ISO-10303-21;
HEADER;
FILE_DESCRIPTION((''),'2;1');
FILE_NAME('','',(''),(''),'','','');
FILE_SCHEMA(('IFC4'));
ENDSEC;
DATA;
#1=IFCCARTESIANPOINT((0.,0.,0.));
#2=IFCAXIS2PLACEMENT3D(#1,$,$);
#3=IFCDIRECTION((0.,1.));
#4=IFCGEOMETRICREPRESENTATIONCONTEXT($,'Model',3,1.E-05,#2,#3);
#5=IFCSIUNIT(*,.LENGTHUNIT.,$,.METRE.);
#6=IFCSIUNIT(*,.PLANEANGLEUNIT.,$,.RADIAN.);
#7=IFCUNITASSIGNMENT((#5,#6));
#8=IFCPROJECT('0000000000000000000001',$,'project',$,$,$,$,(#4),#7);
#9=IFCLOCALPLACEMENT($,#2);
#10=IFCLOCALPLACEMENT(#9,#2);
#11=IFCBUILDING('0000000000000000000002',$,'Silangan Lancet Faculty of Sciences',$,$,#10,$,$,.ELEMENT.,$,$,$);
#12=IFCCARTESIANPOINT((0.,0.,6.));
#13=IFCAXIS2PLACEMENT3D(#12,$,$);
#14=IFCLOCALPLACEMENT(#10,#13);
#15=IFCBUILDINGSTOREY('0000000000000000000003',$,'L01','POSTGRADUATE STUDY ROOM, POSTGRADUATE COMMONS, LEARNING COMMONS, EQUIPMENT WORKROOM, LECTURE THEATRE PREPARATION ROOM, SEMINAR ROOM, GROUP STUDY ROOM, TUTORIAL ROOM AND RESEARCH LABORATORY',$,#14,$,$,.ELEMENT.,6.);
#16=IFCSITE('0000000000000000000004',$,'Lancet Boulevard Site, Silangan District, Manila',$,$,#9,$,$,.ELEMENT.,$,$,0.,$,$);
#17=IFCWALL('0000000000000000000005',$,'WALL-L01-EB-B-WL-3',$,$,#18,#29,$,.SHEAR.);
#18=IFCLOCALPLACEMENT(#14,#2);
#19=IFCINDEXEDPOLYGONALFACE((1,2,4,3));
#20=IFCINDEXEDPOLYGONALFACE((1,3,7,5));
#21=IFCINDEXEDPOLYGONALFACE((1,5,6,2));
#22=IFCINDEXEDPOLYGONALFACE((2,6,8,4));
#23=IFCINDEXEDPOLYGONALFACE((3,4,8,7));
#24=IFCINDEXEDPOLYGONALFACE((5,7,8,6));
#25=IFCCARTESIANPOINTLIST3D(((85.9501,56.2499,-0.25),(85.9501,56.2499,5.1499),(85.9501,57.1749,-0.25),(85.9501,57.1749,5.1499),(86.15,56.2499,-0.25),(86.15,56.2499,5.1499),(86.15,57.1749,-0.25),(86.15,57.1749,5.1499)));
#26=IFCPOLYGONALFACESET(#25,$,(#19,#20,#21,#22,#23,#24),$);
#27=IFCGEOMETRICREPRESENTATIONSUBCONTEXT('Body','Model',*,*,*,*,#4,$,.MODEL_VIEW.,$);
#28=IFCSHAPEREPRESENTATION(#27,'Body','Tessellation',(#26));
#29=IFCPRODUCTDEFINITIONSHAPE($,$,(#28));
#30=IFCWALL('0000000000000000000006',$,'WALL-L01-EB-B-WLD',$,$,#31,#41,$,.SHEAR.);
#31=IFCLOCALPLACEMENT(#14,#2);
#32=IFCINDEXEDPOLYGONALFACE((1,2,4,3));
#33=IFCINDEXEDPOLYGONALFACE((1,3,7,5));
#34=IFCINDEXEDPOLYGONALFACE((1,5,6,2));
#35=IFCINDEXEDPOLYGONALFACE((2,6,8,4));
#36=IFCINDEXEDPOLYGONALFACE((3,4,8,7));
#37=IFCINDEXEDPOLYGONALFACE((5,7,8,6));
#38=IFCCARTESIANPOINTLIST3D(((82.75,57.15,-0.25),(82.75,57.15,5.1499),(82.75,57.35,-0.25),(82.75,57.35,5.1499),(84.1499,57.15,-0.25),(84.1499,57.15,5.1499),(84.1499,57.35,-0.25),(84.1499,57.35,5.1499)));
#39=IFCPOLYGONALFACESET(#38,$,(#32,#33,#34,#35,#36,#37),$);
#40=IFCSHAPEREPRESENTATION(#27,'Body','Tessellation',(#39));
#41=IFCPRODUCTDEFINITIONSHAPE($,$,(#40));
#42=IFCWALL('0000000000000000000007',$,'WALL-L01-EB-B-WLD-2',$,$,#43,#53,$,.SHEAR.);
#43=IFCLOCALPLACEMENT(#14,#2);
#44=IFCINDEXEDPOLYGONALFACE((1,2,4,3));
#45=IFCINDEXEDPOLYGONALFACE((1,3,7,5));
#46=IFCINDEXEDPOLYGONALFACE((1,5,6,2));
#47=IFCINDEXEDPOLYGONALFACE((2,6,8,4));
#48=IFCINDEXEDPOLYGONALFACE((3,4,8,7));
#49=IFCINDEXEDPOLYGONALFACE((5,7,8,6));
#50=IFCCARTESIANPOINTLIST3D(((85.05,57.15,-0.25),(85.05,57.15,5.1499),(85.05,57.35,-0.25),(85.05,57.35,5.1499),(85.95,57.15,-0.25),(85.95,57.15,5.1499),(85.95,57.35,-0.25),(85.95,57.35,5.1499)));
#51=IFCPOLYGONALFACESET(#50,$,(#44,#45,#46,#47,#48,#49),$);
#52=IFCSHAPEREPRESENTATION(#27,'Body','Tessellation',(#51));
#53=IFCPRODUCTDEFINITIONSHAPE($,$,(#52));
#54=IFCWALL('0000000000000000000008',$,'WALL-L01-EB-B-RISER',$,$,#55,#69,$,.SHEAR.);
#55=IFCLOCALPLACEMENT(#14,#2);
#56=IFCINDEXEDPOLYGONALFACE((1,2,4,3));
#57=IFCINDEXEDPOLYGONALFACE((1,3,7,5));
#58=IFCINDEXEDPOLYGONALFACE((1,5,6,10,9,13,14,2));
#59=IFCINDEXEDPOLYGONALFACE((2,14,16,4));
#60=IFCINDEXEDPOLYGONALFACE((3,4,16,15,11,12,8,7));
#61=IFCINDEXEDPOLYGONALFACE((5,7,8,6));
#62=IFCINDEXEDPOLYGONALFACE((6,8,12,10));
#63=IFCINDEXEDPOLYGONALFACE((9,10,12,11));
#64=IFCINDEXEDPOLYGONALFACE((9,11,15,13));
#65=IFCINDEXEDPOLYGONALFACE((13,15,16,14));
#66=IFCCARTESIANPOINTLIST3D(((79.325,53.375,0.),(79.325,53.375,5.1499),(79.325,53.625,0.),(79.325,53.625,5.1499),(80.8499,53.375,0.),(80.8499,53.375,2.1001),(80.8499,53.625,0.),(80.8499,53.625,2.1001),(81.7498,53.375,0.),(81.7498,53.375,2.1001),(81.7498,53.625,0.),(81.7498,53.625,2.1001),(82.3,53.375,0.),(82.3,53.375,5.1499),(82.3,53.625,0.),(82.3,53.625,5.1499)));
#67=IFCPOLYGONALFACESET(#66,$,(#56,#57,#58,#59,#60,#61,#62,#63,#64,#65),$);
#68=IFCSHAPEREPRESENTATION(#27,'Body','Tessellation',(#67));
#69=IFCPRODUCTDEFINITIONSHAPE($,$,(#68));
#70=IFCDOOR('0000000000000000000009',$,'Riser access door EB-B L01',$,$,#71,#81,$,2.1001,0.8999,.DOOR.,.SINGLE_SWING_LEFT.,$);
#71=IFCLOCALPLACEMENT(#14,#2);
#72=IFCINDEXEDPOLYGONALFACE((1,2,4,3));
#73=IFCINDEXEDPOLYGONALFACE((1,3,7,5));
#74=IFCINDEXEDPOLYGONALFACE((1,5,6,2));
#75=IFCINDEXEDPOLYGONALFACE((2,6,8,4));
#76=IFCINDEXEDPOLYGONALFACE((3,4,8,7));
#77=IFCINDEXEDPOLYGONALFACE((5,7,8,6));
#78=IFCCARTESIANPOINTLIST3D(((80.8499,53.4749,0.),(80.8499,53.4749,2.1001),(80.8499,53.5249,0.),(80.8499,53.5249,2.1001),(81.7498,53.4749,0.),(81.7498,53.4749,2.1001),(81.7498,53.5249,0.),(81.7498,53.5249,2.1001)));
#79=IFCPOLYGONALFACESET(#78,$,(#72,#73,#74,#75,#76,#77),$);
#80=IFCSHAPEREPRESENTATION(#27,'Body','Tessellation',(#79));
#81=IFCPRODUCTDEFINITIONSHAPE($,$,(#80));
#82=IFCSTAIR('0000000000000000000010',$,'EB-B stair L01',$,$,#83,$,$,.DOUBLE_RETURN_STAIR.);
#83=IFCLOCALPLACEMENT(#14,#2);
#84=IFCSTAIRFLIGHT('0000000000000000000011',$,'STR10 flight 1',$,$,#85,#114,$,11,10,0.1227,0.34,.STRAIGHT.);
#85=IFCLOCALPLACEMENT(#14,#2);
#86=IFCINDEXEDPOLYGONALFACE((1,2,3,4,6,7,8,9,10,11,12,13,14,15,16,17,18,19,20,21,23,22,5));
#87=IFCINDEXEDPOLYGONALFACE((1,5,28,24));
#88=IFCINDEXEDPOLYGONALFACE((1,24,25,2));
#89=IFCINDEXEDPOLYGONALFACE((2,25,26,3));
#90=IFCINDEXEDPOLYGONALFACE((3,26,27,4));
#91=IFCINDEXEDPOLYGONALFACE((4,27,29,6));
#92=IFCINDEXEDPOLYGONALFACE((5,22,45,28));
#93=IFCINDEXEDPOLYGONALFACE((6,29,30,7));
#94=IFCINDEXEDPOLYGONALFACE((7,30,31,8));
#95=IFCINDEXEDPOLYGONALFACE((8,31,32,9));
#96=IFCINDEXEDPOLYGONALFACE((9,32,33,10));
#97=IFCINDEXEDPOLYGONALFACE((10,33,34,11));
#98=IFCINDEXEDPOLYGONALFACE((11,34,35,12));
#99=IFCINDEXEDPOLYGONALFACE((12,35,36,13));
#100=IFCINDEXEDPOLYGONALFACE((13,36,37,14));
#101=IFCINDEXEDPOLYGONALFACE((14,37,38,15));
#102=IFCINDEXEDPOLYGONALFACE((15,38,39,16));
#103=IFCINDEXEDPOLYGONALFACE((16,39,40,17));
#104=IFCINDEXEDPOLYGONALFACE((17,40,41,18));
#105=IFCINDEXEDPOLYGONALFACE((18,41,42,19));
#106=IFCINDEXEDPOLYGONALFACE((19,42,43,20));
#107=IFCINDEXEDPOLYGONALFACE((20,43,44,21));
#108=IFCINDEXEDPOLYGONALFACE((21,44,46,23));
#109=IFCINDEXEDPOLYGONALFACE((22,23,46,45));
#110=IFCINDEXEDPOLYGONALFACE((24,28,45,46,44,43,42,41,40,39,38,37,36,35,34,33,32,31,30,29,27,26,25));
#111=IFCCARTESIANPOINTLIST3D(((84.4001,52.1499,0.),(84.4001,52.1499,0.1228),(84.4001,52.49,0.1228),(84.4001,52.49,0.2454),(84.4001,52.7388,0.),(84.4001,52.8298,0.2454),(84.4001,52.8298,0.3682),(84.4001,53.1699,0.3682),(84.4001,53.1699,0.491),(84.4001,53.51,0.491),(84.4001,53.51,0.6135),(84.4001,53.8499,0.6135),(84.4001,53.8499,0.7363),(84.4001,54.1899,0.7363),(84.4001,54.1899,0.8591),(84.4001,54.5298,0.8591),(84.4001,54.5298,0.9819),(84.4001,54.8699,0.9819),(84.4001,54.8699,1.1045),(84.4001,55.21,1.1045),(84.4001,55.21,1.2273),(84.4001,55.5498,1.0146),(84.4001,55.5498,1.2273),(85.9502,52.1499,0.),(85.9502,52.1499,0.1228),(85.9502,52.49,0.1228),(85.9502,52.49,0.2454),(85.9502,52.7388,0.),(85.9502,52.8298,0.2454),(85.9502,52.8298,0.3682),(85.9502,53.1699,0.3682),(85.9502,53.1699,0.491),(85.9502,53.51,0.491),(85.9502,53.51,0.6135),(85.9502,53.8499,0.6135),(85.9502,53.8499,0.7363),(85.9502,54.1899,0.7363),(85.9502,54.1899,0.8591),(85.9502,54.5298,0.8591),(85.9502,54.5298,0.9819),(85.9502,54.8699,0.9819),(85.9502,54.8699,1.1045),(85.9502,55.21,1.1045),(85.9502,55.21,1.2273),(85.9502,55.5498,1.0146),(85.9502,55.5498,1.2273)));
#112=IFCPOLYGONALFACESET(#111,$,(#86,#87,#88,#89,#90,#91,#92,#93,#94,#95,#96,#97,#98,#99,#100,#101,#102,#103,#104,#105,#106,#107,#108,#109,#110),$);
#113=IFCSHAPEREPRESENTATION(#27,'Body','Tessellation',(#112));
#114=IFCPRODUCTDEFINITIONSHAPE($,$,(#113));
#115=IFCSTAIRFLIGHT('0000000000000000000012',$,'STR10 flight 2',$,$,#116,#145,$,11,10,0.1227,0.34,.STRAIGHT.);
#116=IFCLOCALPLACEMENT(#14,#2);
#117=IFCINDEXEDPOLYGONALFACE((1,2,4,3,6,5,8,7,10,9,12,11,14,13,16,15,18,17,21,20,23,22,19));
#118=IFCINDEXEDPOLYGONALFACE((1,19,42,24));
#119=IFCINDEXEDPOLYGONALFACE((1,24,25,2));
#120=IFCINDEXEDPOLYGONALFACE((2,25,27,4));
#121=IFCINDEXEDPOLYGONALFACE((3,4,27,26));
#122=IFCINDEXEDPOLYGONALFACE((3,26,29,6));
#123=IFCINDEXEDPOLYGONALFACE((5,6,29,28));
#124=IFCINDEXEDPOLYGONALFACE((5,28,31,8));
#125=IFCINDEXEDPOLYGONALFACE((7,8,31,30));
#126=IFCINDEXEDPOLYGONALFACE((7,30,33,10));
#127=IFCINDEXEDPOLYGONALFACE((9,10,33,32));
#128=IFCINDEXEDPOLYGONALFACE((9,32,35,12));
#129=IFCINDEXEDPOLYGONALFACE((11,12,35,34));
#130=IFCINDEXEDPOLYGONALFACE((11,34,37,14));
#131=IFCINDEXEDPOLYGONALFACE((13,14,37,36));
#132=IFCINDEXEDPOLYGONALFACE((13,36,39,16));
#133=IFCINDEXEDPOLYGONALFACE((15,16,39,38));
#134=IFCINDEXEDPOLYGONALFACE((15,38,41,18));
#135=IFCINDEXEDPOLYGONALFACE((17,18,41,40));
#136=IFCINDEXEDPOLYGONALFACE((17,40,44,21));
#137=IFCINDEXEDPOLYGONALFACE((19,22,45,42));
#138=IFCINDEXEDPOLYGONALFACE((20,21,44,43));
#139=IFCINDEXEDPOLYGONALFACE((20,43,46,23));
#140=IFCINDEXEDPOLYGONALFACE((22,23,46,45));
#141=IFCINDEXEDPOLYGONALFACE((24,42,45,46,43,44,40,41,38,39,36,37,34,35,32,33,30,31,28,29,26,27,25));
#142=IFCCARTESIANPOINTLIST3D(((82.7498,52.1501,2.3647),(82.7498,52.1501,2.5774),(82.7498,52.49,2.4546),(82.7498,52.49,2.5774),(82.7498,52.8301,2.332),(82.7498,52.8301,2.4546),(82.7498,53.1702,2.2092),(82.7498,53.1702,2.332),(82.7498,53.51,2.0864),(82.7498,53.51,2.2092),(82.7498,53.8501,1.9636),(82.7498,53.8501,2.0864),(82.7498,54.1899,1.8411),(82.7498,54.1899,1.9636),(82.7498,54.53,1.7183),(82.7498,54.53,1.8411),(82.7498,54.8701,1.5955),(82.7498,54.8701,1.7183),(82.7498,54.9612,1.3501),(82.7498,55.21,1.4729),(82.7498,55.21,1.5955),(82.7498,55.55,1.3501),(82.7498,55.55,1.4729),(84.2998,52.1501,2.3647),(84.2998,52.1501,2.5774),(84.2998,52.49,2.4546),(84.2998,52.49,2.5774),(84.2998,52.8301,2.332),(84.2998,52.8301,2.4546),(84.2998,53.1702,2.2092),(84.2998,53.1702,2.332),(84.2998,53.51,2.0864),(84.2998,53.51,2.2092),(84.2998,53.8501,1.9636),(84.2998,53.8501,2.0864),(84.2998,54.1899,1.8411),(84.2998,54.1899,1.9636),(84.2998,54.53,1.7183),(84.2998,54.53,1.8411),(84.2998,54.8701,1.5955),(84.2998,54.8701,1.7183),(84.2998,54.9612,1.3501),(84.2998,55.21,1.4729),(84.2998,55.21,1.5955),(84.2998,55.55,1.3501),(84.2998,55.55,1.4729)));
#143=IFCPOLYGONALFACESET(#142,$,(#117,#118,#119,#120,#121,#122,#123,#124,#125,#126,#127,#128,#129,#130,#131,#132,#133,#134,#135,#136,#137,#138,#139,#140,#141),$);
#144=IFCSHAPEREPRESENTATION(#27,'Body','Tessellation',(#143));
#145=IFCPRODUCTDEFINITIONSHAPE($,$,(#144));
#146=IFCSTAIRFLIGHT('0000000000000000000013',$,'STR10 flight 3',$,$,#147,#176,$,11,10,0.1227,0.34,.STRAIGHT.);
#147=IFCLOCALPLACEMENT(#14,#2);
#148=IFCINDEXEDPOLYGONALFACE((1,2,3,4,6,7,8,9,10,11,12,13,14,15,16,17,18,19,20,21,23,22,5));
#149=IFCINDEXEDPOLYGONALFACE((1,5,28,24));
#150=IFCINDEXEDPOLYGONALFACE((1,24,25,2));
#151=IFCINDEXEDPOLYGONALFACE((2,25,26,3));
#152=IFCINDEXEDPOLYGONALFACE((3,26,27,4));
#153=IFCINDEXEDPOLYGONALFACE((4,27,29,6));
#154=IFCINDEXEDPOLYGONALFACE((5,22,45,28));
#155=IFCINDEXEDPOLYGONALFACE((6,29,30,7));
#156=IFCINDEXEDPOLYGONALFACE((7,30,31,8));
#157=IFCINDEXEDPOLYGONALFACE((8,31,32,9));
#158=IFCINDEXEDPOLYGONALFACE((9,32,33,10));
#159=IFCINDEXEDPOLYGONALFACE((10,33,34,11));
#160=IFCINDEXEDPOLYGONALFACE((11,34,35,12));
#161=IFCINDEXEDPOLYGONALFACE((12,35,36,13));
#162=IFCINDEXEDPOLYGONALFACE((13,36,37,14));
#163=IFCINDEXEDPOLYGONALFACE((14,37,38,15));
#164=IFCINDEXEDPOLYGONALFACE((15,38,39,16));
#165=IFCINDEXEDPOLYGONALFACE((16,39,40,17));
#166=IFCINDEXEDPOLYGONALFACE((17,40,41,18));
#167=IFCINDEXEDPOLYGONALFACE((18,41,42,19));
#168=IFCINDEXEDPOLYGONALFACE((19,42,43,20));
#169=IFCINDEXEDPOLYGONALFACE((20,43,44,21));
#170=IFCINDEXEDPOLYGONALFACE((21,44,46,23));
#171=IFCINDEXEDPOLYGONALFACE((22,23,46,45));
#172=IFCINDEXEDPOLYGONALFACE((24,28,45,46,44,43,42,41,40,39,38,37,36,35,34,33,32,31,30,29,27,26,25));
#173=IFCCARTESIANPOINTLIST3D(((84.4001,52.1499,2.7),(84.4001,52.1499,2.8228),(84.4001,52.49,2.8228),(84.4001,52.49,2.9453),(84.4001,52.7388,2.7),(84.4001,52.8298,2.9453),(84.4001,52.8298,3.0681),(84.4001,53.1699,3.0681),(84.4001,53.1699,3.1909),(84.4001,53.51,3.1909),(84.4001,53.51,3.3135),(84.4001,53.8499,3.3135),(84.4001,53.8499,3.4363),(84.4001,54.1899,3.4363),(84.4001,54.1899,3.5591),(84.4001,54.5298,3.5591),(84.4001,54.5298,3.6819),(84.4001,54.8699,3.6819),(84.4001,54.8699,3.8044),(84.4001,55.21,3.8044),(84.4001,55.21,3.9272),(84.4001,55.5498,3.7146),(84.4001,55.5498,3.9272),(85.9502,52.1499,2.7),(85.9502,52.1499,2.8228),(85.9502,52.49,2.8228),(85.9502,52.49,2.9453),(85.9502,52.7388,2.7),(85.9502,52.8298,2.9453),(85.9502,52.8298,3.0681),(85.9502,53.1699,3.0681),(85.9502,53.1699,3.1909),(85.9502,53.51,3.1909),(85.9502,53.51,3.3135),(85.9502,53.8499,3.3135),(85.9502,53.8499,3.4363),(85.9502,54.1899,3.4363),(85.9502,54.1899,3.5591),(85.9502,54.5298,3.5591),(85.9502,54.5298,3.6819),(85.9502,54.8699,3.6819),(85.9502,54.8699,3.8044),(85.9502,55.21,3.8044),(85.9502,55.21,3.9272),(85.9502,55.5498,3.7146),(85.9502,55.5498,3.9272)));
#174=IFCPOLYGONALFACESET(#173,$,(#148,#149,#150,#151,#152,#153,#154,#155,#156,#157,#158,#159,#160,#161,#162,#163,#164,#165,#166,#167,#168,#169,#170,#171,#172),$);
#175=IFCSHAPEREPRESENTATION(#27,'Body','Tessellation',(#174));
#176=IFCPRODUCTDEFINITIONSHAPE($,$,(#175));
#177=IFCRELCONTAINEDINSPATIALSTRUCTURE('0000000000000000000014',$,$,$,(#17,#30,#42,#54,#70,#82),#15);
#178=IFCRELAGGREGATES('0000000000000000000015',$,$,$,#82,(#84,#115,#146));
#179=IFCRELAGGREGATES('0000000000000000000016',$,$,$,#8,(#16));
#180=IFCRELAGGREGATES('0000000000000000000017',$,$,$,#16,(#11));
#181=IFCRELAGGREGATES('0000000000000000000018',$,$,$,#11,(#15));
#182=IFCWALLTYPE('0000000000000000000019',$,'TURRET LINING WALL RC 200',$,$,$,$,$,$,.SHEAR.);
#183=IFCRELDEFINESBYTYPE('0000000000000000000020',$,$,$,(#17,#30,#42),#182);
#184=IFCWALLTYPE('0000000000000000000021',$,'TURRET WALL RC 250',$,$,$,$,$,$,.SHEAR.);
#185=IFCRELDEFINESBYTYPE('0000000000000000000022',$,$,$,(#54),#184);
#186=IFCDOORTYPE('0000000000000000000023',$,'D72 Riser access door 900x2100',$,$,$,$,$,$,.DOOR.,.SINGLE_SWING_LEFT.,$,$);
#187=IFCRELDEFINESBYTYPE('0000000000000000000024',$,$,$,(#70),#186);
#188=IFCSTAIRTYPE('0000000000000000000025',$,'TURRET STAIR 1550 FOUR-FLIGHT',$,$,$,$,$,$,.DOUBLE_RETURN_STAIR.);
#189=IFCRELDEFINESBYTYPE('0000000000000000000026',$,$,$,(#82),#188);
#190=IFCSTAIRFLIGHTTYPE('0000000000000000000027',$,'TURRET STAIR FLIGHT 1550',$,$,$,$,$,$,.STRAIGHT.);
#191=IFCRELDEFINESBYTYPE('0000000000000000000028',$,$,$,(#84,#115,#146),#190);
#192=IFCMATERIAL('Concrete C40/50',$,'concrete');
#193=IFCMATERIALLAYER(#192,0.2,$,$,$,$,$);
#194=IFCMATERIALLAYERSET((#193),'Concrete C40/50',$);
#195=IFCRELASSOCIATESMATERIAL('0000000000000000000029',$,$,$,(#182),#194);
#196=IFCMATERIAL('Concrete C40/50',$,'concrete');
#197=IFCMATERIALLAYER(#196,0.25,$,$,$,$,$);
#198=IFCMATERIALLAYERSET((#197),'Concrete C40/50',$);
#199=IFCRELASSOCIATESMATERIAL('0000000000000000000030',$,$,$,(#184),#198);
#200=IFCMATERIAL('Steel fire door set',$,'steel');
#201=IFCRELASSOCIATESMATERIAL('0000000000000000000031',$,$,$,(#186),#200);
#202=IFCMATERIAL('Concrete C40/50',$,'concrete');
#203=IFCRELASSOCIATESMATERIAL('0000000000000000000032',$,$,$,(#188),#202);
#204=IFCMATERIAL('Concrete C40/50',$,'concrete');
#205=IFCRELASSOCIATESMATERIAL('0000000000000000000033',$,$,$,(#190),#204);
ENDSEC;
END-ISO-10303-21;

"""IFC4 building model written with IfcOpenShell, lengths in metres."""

from ifc_helpers import new_model, si_unit, direction, frame, frame_2d, origin, place, context, subcontext, project, spatial, polyline, rectangle, outline, extrude, material, layer, layer_set, type_object, element, fill, aggregate, save


model = new_model("IFC4")

# Units and contexts
model_context = context("Model", 3, precision=1e-05, world=origin(), true_north=direction((0.0, 1.0)))
body_context = subcontext(model_context, "Body", "Model", "MODEL_VIEW")
ifc_project = project(units=[si_unit("LENGTHUNIT", "METRE"), si_unit("PLANEANGLEUNIT", "RADIAN")], contexts=[model_context])

# Site, building, storey
site_placement = place(None, origin())
site = spatial("IfcSite", under=ifc_project, at=site_placement, Name="Lancet Boulevard Site, Silangan District, Manila", CompositionType="ELEMENT", RefElevation=0.0)
building_placement = place(site_placement, origin())
building = spatial("IfcBuilding", under=site, at=building_placement, Name="Silangan Lancet Faculty of Sciences", CompositionType="ELEMENT")
storey_placement = place(building_placement, frame((0.0, 0.0, 6.0)))
storey = spatial("IfcBuildingStorey", under=building, at=storey_placement, Name="L01", Description="POSTGRADUATE STUDY ROOM, POSTGRADUATE COMMONS, LEARNING COMMONS, EQUIPMENT WORKROOM, LECTURE THEATRE PREPARATION ROOM, SEMINAR ROOM, GROUP STUDY ROOM, TUTORIAL ROOM AND RESEARCH LABORATORY", CompositionType="ELEMENT", Elevation=6.0)

# Walls
ifc_material_1 = material(Name="Concrete C40/50", Category="concrete")
ifc_layer_1 = layer(ifc_material_1, 0.2)
ifc_layer_set_1 = layer_set([ifc_layer_1], Name="Concrete C40/50")
wall_type_1 = type_object("IfcWallType", Name="TURRET LINING WALL RC 200", PredefinedType="SHEAR", material=ifc_layer_set_1)
wall_1_placement = place(storey_placement, frame((86.05, 56.25, -0.25), z_axis=(0.0, 0.0, 1.0), x_axis=(0.0, 1.0, 0.0)))
element("IfcWall", 1, at=wall_1_placement, inside=storey, type_object=wall_type_1, Name="WALL-L01-EB-B-WL-3", PredefinedType="SHEAR", context=body_context, shape_type="SweptSolid", body=[
    extrude(rectangle(XDim=0.925, YDim=0.2, at=frame_2d((0.4624, 0.0))), origin(), (0.0, 0.0, 1.0), 5.3999),
])
wall_2_placement = place(storey_placement, frame((82.75, 57.25, -0.25), z_axis=(0.0, 0.0, 1.0), x_axis=(1.0, 0.0, 0.0)))
element("IfcWall", 2, at=wall_2_placement, inside=storey, type_object=wall_type_1, Name="WALL-L01-EB-B-WLD", PredefinedType="SHEAR", context=body_context, shape_type="SweptSolid", body=[
    extrude(rectangle(XDim=1.3999, YDim=0.2, at=frame_2d((0.7, 0.0))), origin(), (0.0, 0.0, 1.0), 5.3999),
])
wall_3_placement = place(storey_placement, frame((85.05, 57.25, -0.25), z_axis=(0.0, 0.0, 1.0), x_axis=(1.0, 0.0, 0.0)))
element("IfcWall", 3, at=wall_3_placement, inside=storey, type_object=wall_type_1, Name="WALL-L01-EB-B-WLD-2", PredefinedType="SHEAR", context=body_context, shape_type="SweptSolid", body=[
    extrude(rectangle(XDim=0.8999, YDim=0.2, at=frame_2d((0.45, 0.0))), origin(), (0.0, 0.0, 1.0), 5.3999),
])

# Wall, opening, door
ifc_material_2 = material(Name="Concrete C40/50", Category="concrete")
ifc_layer_2 = layer(ifc_material_2, 0.25)
ifc_layer_set_2 = layer_set([ifc_layer_2], Name="Concrete C40/50")
wall_type_2 = type_object("IfcWallType", Name="TURRET WALL RC 250", PredefinedType="SHEAR", material=ifc_layer_set_2)
wall_4_placement = place(storey_placement, frame((79.325, 53.5, 0.0), z_axis=(0.0, 0.0, 1.0), x_axis=(1.0, 0.0, 0.0)))
wall_4 = element("IfcWall", 4, at=wall_4_placement, inside=storey, type_object=wall_type_2, Name="WALL-L01-EB-B-RISER", PredefinedType="SHEAR", context=body_context, shape_type="SweptSolid", body=[
    extrude(rectangle(XDim=2.9751, YDim=0.25, at=frame_2d((1.4875, 0.0))), origin(), (0.0, 0.0, 1.0), 5.1499),
])
opening_1_placement = place(wall_4_placement, frame((1.5249, 0.0, 0.0)))
opening_1 = element("IfcOpeningElement", 5, at=opening_1_placement, cuts=wall_4, PredefinedType="OPENING", context=body_context, shape_type="SweptSolid", body=[
    extrude(rectangle(XDim=0.8999, YDim=2.1001, at=frame_2d((0.45, 1.05))), frame((0.0, 0.135, 0.0), z_axis=(0.0, -1.0, 0.0), x_axis=(1.0, 0.0, 0.0)), (0.0, 0.0, 1.0), 0.27),
])
ifc_material_3 = material(Name="Steel fire door set", Category="steel")
door_type = type_object("IfcDoorType", Name="D72 Riser access door 900x2100", OperationType="SINGLE_SWING_LEFT", PredefinedType="DOOR", material=ifc_material_3)
door_placement = place(opening_1_placement, origin())
door = element("IfcDoor", 6, at=door_placement, inside=storey, type_object=door_type, Name="Riser access door EB-B L01", OperationType="SINGLE_SWING_LEFT", OverallHeight=2.1001, OverallWidth=0.8999, PredefinedType="DOOR", context=body_context, shape_type="SweptSolid", body=[
    extrude(rectangle(XDim=0.8999, YDim=2.1001, at=frame_2d((0.45, 1.05))), frame((0.0, 0.0249, 0.0), z_axis=(0.0, -1.0, 0.0), x_axis=(1.0, 0.0, 0.0)), (0.0, 0.0, 1.0), 0.05),
])
fill(opening_1, door)

# Stair, stair flights
ifc_material_4 = material(Name="Concrete C40/50", Category="concrete")
stair_type = type_object("IfcStairType", Name="TURRET STAIR 1550 FOUR-FLIGHT", PredefinedType="DOUBLE_RETURN_STAIR", material=ifc_material_4)
stair_placement = place(storey_placement, origin())
stair = element("IfcStair", 7, at=stair_placement, inside=storey, type_object=stair_type, Name="EB-B stair L01", PredefinedType="DOUBLE_RETURN_STAIR")
ifc_material_5 = material(Name="Concrete C40/50", Category="concrete")
stair_flight_type = type_object("IfcStairFlightType", Name="TURRET STAIR FLIGHT 1550", PredefinedType="STRAIGHT", material=ifc_material_5)
stair_flight_1_placement = place(storey_placement, frame((85.175, 52.1499, 0.0), z_axis=(0.0, 0.0, 1.0), x_axis=(0.0, 1.0, 0.0)))
stair_flight_1 = element("IfcStairFlight", 8, at=stair_flight_1_placement, type_object=stair_flight_type, Name="STR10 flight 1", NumberOfRisers=11, NumberOfTreads=10, PredefinedType="STRAIGHT", RiserHeight=0.1227, TreadLength=0.34, context=body_context, shape_type="SweptSolid", body=[
    extrude(outline(polyline([(0.0, 0.0), (0.0, 0.1228), (0.3401, 0.1228), (0.3401, 0.2454), (0.6799, 0.2454), (0.6799, 0.3682), (1.02, 0.3682), (1.02, 0.491), (1.3601, 0.491), (1.3601, 0.6135), (1.7, 0.6135), (1.7, 0.7363), (2.04, 0.7363), (2.04, 0.8591), (2.3799, 0.8591), (2.3799, 0.9819), (2.72, 0.9819), (2.72, 1.1045), (3.0601, 1.1045), (3.0601, 1.2273), (3.3999, 1.2273), (3.3999, 1.3501), (3.3999, 1.0146), (0.5889, 0.0), (0.0, 0.0)])), frame((0.0, 0.7749, 0.0), z_axis=(0.0, -1.0, 0.0), x_axis=(1.0, 0.0, 0.0)), (0.0, 0.0, 1.0), 1.55),
])
stair_flight_2_placement = place(storey_placement, frame((83.5249, 55.55, 1.3501), z_axis=(0.0, 0.0, 1.0), x_axis=(0.0, -1.0, 0.0)))
stair_flight_2 = element("IfcStairFlight", 9, at=stair_flight_2_placement, type_object=stair_flight_type, Name="STR10 flight 2", NumberOfRisers=11, NumberOfTreads=10, PredefinedType="STRAIGHT", RiserHeight=0.1227, TreadLength=0.34, context=body_context, shape_type="SweptSolid", body=[
    extrude(outline(polyline([(0.0, 0.0), (0.0, 0.1228), (0.3401, 0.1228), (0.3401, 0.2454), (0.6799, 0.2454), (0.6799, 0.3682), (1.02, 0.3682), (1.02, 0.491), (1.3601, 0.491), (1.3601, 0.6135), (1.7, 0.6135), (1.7, 0.7363), (2.04, 0.7363), (2.04, 0.8591), (2.3799, 0.8591), (2.3799, 0.9819), (2.72, 0.9819), (2.72, 1.1045), (3.0601, 1.1045), (3.0601, 1.2273), (3.3999, 1.2273), (3.3999, 1.3501), (3.3999, 1.0146), (0.5889, 0.0), (0.0, 0.0)])), frame((0.0, 0.7749, 0.0), z_axis=(0.0, -1.0, 0.0), x_axis=(1.0, 0.0, 0.0)), (0.0, 0.0, 1.0), 1.55),
])
stair_flight_3_placement = place(storey_placement, frame((85.175, 52.1499, 2.7), z_axis=(0.0, 0.0, 1.0), x_axis=(0.0, 1.0, 0.0)))
stair_flight_3 = element("IfcStairFlight", 10, at=stair_flight_3_placement, type_object=stair_flight_type, Name="STR10 flight 3", NumberOfRisers=11, NumberOfTreads=10, PredefinedType="STRAIGHT", RiserHeight=0.1227, TreadLength=0.34, context=body_context, shape_type="SweptSolid", body=[
    extrude(outline(polyline([(0.0, 0.0), (0.0, 0.1228), (0.3401, 0.1228), (0.3401, 0.2454), (0.6799, 0.2454), (0.6799, 0.3682), (1.02, 0.3682), (1.02, 0.491), (1.3601, 0.491), (1.3601, 0.6135), (1.7, 0.6135), (1.7, 0.7363), (2.04, 0.7363), (2.04, 0.8591), (2.3799, 0.8591), (2.3799, 0.9819), (2.72, 0.9819), (2.72, 1.1045), (3.0601, 1.1045), (3.0601, 1.2273), (3.3999, 1.2273), (3.3999, 1.3501), (3.3999, 1.0146), (0.5889, 0.0), (0.0, 0.0)])), frame((0.0, 0.7749, 0.0), z_axis=(0.0, -1.0, 0.0), x_axis=(1.0, 0.0, 0.0)), (0.0, 0.0, 1.0), 1.55),
])
aggregate(stair, [stair_flight_1, stair_flight_2, stair_flight_3])

save(model, "model.ifc")
